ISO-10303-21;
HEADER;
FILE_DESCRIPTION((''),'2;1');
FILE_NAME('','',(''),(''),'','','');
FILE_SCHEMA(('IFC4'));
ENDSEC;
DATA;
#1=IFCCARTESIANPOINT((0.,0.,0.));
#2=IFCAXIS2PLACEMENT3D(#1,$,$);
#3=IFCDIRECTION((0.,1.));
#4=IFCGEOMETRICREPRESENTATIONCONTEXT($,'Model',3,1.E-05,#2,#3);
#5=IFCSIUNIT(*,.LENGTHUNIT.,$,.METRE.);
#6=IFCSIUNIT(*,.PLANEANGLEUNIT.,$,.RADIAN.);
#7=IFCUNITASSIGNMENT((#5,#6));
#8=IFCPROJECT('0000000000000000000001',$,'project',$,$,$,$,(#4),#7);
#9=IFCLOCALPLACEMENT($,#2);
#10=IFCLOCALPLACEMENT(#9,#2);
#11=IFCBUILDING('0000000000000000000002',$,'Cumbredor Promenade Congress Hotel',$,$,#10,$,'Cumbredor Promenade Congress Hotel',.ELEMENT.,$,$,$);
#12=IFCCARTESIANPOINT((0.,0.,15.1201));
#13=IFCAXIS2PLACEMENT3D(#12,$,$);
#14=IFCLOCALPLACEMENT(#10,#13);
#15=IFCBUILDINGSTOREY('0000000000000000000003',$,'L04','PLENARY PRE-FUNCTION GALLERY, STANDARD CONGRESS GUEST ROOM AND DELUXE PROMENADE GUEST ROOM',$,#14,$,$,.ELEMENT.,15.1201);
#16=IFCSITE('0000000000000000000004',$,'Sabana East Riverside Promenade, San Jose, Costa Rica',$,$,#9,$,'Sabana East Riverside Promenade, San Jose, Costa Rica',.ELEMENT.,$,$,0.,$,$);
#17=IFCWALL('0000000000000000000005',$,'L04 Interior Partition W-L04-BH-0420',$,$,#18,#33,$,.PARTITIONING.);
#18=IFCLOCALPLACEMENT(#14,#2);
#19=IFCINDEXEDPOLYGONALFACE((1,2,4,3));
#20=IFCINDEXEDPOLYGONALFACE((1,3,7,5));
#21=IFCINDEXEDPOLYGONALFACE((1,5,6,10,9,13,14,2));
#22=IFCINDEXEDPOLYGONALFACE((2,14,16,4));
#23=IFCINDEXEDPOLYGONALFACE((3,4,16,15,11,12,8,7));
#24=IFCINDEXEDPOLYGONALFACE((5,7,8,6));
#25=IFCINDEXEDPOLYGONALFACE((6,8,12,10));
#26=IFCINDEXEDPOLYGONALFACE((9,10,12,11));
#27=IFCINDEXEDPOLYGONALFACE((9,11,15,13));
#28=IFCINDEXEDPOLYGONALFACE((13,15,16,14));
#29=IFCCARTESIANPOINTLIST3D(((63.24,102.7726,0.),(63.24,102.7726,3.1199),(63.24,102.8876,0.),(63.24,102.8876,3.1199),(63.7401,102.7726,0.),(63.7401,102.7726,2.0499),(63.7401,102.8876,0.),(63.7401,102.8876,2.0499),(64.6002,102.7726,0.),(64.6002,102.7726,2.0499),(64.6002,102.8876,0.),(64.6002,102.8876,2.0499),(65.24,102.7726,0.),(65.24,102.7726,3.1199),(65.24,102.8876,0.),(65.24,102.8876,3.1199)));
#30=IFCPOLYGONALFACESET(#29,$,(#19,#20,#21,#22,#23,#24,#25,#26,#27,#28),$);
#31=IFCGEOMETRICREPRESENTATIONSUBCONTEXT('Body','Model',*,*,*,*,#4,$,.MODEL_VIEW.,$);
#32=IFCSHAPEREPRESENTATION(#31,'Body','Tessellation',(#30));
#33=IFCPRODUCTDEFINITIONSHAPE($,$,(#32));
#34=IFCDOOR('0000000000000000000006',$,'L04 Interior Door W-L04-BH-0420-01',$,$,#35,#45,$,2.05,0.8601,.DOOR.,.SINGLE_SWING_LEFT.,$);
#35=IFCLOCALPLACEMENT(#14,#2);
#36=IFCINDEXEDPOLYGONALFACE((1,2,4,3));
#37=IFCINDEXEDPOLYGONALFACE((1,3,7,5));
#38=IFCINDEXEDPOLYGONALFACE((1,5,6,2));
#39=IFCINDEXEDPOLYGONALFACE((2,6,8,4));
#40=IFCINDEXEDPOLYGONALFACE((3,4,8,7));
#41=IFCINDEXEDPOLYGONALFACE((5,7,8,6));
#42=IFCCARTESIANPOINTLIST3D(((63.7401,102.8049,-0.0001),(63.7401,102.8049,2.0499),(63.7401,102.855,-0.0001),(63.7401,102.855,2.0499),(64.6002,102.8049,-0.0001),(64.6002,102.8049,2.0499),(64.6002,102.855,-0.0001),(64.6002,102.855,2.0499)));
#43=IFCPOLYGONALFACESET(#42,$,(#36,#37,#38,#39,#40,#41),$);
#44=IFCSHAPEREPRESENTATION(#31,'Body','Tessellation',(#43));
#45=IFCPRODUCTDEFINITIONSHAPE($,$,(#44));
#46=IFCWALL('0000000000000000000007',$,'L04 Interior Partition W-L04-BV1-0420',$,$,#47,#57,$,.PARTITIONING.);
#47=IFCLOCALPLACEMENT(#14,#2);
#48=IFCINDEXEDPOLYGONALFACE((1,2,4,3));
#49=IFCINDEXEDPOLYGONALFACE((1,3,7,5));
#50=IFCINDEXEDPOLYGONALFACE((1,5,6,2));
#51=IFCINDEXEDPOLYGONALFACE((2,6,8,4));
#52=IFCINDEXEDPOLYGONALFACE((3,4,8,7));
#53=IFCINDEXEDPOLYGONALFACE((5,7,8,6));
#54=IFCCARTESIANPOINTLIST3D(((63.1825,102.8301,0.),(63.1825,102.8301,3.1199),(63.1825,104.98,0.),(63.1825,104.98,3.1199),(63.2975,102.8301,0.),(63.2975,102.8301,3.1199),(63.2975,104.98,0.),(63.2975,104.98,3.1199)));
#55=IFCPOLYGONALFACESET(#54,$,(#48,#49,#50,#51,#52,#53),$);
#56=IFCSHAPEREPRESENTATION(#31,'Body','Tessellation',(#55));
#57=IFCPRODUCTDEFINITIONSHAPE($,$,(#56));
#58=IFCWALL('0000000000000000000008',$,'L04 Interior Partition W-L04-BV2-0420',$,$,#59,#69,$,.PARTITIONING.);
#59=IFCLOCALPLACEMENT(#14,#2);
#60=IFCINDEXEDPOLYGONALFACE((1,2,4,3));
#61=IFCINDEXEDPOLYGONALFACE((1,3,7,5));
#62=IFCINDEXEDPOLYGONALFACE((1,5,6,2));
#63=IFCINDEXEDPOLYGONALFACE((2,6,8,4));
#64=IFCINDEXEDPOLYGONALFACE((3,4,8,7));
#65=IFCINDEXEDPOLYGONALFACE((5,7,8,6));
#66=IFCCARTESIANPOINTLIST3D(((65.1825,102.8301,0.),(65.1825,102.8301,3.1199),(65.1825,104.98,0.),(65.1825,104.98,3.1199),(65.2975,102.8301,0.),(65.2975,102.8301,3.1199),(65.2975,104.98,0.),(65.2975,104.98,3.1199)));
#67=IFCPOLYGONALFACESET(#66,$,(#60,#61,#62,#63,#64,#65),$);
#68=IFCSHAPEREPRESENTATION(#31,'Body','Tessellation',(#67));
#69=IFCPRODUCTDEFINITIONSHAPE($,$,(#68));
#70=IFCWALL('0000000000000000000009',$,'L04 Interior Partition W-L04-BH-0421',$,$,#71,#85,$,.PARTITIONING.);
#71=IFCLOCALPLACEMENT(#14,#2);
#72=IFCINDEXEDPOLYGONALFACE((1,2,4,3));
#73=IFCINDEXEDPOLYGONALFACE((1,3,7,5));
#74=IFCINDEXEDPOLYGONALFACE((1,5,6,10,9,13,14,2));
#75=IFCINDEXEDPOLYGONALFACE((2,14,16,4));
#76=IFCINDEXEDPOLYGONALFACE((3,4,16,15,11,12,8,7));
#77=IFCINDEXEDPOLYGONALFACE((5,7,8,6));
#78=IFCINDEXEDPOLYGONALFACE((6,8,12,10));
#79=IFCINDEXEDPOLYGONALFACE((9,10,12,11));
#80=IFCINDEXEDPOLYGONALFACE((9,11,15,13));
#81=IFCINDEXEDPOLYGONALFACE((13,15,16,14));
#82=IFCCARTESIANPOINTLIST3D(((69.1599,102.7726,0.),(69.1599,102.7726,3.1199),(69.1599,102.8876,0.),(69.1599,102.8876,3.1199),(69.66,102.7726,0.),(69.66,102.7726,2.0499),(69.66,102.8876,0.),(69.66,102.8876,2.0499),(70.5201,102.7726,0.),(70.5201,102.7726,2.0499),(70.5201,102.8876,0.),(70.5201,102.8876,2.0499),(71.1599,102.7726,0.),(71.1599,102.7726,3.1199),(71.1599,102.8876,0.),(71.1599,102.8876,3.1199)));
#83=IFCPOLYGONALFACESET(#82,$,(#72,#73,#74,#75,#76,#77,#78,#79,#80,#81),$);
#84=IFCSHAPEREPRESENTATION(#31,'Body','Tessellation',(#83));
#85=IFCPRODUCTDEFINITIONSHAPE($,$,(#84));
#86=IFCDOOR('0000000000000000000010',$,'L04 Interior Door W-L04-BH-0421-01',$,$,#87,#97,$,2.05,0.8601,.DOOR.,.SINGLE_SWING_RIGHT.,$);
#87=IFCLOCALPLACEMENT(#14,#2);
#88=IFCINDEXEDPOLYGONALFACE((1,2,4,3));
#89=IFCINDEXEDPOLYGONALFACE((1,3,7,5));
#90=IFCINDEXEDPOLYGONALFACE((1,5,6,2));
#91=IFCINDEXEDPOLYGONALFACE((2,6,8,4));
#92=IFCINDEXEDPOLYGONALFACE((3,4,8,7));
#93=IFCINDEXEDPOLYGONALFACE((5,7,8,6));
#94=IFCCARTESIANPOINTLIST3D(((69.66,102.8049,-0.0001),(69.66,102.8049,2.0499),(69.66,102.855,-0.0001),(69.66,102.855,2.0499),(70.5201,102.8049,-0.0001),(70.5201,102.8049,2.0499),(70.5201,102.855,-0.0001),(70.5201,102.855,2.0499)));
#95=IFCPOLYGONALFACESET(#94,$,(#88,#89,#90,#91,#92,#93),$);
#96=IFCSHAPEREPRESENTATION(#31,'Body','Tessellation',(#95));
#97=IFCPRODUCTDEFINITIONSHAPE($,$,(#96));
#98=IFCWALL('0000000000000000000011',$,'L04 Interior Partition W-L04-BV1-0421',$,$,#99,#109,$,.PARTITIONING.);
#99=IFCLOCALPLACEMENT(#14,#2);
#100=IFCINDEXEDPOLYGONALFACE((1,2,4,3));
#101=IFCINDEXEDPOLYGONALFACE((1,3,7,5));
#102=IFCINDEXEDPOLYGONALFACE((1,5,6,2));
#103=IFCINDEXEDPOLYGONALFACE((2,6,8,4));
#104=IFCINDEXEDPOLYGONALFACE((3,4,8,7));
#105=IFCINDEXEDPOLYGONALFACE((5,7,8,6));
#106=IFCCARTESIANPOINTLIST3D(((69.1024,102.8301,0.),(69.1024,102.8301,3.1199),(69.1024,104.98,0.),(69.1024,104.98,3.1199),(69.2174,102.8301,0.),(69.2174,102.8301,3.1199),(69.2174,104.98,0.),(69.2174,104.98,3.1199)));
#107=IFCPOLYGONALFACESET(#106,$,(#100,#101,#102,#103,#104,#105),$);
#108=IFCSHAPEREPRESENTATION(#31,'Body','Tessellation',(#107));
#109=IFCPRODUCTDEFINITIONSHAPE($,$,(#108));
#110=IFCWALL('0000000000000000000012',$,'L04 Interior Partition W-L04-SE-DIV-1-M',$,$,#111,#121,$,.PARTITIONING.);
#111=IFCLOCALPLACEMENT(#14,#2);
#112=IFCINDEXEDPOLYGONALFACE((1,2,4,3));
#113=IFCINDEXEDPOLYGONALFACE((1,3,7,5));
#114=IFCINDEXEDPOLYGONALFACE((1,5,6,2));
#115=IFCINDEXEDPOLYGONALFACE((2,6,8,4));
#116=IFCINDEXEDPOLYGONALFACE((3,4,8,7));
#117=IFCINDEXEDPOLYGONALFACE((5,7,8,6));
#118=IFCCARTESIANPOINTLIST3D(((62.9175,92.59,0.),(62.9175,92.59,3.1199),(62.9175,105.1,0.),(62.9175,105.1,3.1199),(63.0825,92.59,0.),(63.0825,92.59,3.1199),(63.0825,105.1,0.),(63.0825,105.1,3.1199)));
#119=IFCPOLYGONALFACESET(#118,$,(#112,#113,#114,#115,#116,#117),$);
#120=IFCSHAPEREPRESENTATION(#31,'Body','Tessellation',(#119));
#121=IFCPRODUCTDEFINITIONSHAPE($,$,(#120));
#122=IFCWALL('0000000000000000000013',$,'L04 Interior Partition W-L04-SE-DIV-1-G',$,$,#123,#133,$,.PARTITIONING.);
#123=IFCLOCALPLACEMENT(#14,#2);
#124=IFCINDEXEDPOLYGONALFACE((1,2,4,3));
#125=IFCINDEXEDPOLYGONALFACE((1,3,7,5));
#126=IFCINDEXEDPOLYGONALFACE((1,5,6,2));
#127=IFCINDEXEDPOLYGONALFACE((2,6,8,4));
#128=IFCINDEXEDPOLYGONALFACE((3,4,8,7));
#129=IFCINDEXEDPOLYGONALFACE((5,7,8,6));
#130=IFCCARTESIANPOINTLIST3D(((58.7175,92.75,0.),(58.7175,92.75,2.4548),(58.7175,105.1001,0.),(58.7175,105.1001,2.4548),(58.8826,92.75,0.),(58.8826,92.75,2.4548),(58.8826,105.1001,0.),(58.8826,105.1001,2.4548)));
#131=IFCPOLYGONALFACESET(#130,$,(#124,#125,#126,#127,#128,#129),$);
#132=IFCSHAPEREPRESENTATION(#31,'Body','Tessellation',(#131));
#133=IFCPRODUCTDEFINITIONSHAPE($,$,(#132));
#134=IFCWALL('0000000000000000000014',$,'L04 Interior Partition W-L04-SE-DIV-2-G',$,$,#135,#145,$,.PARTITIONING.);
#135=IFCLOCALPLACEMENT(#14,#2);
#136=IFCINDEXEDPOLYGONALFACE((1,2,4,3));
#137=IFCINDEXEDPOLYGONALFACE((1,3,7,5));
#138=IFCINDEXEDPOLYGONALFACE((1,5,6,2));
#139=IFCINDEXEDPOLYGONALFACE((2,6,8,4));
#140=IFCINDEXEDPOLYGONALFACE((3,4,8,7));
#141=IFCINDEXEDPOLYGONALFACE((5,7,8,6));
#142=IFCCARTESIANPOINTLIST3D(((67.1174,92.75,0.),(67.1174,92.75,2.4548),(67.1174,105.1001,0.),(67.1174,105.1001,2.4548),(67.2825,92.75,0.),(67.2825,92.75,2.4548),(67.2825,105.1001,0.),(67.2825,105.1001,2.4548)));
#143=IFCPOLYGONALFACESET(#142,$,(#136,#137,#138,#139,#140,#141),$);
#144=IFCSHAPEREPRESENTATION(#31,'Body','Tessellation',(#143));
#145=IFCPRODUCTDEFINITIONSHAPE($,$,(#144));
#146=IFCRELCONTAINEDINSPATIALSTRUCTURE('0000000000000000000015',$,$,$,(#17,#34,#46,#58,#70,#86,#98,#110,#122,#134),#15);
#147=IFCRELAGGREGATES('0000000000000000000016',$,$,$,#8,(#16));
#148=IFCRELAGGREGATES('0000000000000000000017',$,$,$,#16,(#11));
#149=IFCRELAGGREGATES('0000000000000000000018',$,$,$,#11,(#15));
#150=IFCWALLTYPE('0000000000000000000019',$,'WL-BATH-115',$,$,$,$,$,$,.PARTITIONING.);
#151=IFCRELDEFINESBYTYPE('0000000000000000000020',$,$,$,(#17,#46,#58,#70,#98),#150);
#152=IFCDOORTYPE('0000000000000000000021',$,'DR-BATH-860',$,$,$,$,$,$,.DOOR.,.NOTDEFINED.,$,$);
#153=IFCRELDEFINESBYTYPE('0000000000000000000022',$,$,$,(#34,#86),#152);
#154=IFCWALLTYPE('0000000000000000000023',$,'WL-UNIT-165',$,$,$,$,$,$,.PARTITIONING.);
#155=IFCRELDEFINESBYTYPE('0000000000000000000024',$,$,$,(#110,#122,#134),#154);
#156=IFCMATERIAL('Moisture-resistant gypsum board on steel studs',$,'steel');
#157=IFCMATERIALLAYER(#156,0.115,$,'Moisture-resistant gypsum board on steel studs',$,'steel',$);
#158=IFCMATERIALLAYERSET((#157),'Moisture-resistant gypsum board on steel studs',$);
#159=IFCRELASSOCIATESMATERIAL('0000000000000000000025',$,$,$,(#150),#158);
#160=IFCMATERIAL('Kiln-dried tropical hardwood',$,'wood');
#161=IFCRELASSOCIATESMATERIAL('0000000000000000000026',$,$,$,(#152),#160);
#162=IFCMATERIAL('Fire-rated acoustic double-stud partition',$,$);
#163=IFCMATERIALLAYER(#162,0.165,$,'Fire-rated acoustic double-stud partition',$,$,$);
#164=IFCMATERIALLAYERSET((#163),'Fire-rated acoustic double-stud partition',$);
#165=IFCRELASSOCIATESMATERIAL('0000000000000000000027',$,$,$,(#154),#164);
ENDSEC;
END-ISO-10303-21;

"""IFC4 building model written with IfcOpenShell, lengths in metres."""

from ifc_helpers import new_model, si_unit, direction, frame, frame_2d, origin, place, context, subcontext, project, spatial, rectangle, extrude, material, layer, layer_set, type_object, element, fill, save


model = new_model("IFC4")

# Units and contexts
model_context = context("Model", 3, precision=1e-05, world=origin(), true_north=direction((0.0, 1.0)))
body_context = subcontext(model_context, "Body", "Model", "MODEL_VIEW")
ifc_project = project(units=[si_unit("LENGTHUNIT", "METRE"), si_unit("PLANEANGLEUNIT", "RADIAN")], contexts=[model_context])

# Site, building, storey
site_placement = place(None, origin())
site = spatial("IfcSite", under=ifc_project, at=site_placement, Name="Sabana East Riverside Promenade, San Jose, Costa Rica", LongName="Sabana East Riverside Promenade, San Jose, Costa Rica", CompositionType="ELEMENT", RefElevation=0.0)
building_placement = place(site_placement, origin())
building = spatial("IfcBuilding", under=site, at=building_placement, Name="Cumbredor Promenade Congress Hotel", LongName="Cumbredor Promenade Congress Hotel", CompositionType="ELEMENT")
storey_placement = place(building_placement, frame((0.0, 0.0, 15.1201)))
storey = spatial("IfcBuildingStorey", under=building, at=storey_placement, Name="L04", Description="PLENARY PRE-FUNCTION GALLERY, STANDARD CONGRESS GUEST ROOM AND DELUXE PROMENADE GUEST ROOM", CompositionType="ELEMENT", Elevation=15.1201)

# Shared definitions
ifc_material_1 = material(Name="Moisture-resistant gypsum board on steel studs", Category="steel")
ifc_layer_1 = layer(ifc_material_1, 0.115, Name="Moisture-resistant gypsum board on steel studs", Category="steel")
ifc_layer_set_1 = layer_set([ifc_layer_1], Name="Moisture-resistant gypsum board on steel studs")
wall_type_1 = type_object("IfcWallType", Name="WL-BATH-115", PredefinedType="PARTITIONING", material=ifc_layer_set_1)
ifc_material_2 = material(Name="Kiln-dried tropical hardwood", Category="wood")
door_type = type_object("IfcDoorType", Name="DR-BATH-860", OperationType="NOTDEFINED", PredefinedType="DOOR", material=ifc_material_2)

# Wall, opening, door
wall_1_placement = place(storey_placement, frame((63.24, 102.8301, 0.0), z_axis=(0.0, 0.0, 1.0), x_axis=(1.0, 0.0, 0.0)))
wall_1 = element("IfcWall", 1, at=wall_1_placement, inside=storey, type_object=wall_type_1, Name="L04 Interior Partition W-L04-BH-0420", PredefinedType="PARTITIONING", context=body_context, shape_type="SweptSolid", body=[
    extrude(rectangle(XDim=2.0, YDim=0.115, at=frame_2d((1.0, 0.0))), origin(), (0.0, 0.0, 1.0), 3.1199),
])
opening_1_placement = place(wall_1_placement, frame((0.5, 0.0, 0.0)))
opening_1 = element("IfcOpeningElement", 2, at=opening_1_placement, cuts=wall_1, PredefinedType="OPENING", context=body_context, shape_type="SweptSolid", body=[
    extrude(rectangle(XDim=0.8601, YDim=2.05, at=frame_2d((0.4302, 1.0249))), frame((0.0, 0.0674, 0.0), z_axis=(0.0, -1.0, 0.0), x_axis=(1.0, 0.0, 0.0)), (0.0, 0.0, 1.0), 0.135),
])
door_1_placement = place(opening_1_placement, origin())
door_1 = element("IfcDoor", 3, at=door_1_placement, inside=storey, type_object=door_type, Name="L04 Interior Door W-L04-BH-0420-01", OperationType="SINGLE_SWING_LEFT", OverallHeight=2.05, OverallWidth=0.8601, PredefinedType="DOOR", context=body_context, shape_type="SweptSolid", body=[
    extrude(rectangle(XDim=0.8601, YDim=2.05, at=frame_2d((0.4302, 1.0249))), frame((0.0, 0.0249, 0.0), z_axis=(0.0, -1.0, 0.0), x_axis=(1.0, 0.0, 0.0)), (0.0, 0.0, 1.0), 0.05),
])
fill(opening_1, door_1)

# Walls
for number, where, z_axis, x_axis, name in (
    (4, (63.24, 102.8301, 0.0), (0.0, 0.0, 1.0), (0.0, 1.0, 0.0), "L04 Interior Partition W-L04-BV1-0420"),
    (5, (65.24, 102.8301, 0.0), (0.0, 0.0, 1.0), (0.0, 1.0, 0.0), "L04 Interior Partition W-L04-BV2-0420"),
):
    element("IfcWall", number, at=place(storey_placement, frame(where, z_axis=z_axis, x_axis=x_axis)), inside=storey, type_object=wall_type_1, Name=name, PredefinedType="PARTITIONING", context=body_context, shape_type="SweptSolid", body=[
        extrude(rectangle(XDim=2.1499, YDim=0.115, at=frame_2d((1.075, 0.0))), origin(), (0.0, 0.0, 1.0), 3.1199),
    ])

# Wall, opening, door
wall_2_placement = place(storey_placement, frame((69.1599, 102.8301, 0.0), z_axis=(0.0, 0.0, 1.0), x_axis=(1.0, 0.0, 0.0)))
wall_2 = element("IfcWall", 6, at=wall_2_placement, inside=storey, type_object=wall_type_1, Name="L04 Interior Partition W-L04-BH-0421", PredefinedType="PARTITIONING", context=body_context, shape_type="SweptSolid", body=[
    extrude(rectangle(XDim=2.0, YDim=0.115, at=frame_2d((1.0, 0.0))), origin(), (0.0, 0.0, 1.0), 3.1199),
])
opening_2_placement = place(wall_2_placement, frame((0.5, 0.0, 0.0)))
opening_2 = element("IfcOpeningElement", 7, at=opening_2_placement, cuts=wall_2, PredefinedType="OPENING", context=body_context, shape_type="SweptSolid", body=[
    extrude(rectangle(XDim=0.8601, YDim=2.05, at=frame_2d((0.4302, 1.0249))), frame((0.0, 0.0674, 0.0), z_axis=(0.0, -1.0, 0.0), x_axis=(1.0, 0.0, 0.0)), (0.0, 0.0, 1.0), 0.135),
])
door_2_placement = place(opening_2_placement, origin())
door_2 = element("IfcDoor", 8, at=door_2_placement, inside=storey, type_object=door_type, Name="L04 Interior Door W-L04-BH-0421-01", OperationType="SINGLE_SWING_RIGHT", OverallHeight=2.05, OverallWidth=0.8601, PredefinedType="DOOR", context=body_context, shape_type="SweptSolid", body=[
    extrude(rectangle(XDim=0.8601, YDim=2.05, at=frame_2d((0.4302, 1.0249))), frame((0.0, 0.0249, 0.0), z_axis=(0.0, -1.0, 0.0), x_axis=(1.0, 0.0, 0.0)), (0.0, 0.0, 1.0), 0.05),
])
fill(opening_2, door_2)

# Walls
wall_3_placement = place(storey_placement, frame((69.1599, 102.8301, 0.0), z_axis=(0.0, 0.0, 1.0), x_axis=(0.0, 1.0, 0.0)))
element("IfcWall", 9, at=wall_3_placement, inside=storey, type_object=wall_type_1, Name="L04 Interior Partition W-L04-BV1-0421", PredefinedType="PARTITIONING", context=body_context, shape_type="SweptSolid", body=[
    extrude(rectangle(XDim=2.1499, YDim=0.115, at=frame_2d((1.075, 0.0))), origin(), (0.0, 0.0, 1.0), 3.1199),
])
ifc_material_3 = material(Name="Fire-rated acoustic double-stud partition")
ifc_layer_2 = layer(ifc_material_3, 0.165, Name="Fire-rated acoustic double-stud partition")
ifc_layer_set_2 = layer_set([ifc_layer_2], Name="Fire-rated acoustic double-stud partition")
wall_type_2 = type_object("IfcWallType", Name="WL-UNIT-165", PredefinedType="PARTITIONING", material=ifc_layer_set_2)
wall_4_placement = place(storey_placement, frame((63.0, 92.5901, 0.0), z_axis=(0.0, 0.0, 1.0), x_axis=(0.0, 1.0, 0.0)))
element("IfcWall", 10, at=wall_4_placement, inside=storey, type_object=wall_type_2, Name="L04 Interior Partition W-L04-SE-DIV-1-M", PredefinedType="PARTITIONING", context=body_context, shape_type="SweptSolid", body=[
    extrude(rectangle(XDim=12.51, YDim=0.165, at=frame_2d((6.2549, 0.0))), origin(), (0.0, 0.0, 1.0), 3.1199),
])
for number, where, z_axis, x_axis, name in (
    (11, (58.8, 92.75, 0.0), (0.0, 0.0, 1.0), (0.0, 1.0, 0.0), "L04 Interior Partition W-L04-SE-DIV-1-G"),
    (12, (67.2, 92.75, 0.0), (0.0, 0.0, 1.0), (0.0, 1.0, 0.0), "L04 Interior Partition W-L04-SE-DIV-2-G"),
):
    element("IfcWall", number, at=place(storey_placement, frame(where, z_axis=z_axis, x_axis=x_axis)), inside=storey, type_object=wall_type_2, Name=name, PredefinedType="PARTITIONING", context=body_context, shape_type="SweptSolid", body=[
        extrude(rectangle(XDim=12.3501, YDim=0.165, at=frame_2d((6.175, 0.0))), origin(), (0.0, 0.0, 1.0), 2.4548),
    ])

save(model, "model.ifc")
